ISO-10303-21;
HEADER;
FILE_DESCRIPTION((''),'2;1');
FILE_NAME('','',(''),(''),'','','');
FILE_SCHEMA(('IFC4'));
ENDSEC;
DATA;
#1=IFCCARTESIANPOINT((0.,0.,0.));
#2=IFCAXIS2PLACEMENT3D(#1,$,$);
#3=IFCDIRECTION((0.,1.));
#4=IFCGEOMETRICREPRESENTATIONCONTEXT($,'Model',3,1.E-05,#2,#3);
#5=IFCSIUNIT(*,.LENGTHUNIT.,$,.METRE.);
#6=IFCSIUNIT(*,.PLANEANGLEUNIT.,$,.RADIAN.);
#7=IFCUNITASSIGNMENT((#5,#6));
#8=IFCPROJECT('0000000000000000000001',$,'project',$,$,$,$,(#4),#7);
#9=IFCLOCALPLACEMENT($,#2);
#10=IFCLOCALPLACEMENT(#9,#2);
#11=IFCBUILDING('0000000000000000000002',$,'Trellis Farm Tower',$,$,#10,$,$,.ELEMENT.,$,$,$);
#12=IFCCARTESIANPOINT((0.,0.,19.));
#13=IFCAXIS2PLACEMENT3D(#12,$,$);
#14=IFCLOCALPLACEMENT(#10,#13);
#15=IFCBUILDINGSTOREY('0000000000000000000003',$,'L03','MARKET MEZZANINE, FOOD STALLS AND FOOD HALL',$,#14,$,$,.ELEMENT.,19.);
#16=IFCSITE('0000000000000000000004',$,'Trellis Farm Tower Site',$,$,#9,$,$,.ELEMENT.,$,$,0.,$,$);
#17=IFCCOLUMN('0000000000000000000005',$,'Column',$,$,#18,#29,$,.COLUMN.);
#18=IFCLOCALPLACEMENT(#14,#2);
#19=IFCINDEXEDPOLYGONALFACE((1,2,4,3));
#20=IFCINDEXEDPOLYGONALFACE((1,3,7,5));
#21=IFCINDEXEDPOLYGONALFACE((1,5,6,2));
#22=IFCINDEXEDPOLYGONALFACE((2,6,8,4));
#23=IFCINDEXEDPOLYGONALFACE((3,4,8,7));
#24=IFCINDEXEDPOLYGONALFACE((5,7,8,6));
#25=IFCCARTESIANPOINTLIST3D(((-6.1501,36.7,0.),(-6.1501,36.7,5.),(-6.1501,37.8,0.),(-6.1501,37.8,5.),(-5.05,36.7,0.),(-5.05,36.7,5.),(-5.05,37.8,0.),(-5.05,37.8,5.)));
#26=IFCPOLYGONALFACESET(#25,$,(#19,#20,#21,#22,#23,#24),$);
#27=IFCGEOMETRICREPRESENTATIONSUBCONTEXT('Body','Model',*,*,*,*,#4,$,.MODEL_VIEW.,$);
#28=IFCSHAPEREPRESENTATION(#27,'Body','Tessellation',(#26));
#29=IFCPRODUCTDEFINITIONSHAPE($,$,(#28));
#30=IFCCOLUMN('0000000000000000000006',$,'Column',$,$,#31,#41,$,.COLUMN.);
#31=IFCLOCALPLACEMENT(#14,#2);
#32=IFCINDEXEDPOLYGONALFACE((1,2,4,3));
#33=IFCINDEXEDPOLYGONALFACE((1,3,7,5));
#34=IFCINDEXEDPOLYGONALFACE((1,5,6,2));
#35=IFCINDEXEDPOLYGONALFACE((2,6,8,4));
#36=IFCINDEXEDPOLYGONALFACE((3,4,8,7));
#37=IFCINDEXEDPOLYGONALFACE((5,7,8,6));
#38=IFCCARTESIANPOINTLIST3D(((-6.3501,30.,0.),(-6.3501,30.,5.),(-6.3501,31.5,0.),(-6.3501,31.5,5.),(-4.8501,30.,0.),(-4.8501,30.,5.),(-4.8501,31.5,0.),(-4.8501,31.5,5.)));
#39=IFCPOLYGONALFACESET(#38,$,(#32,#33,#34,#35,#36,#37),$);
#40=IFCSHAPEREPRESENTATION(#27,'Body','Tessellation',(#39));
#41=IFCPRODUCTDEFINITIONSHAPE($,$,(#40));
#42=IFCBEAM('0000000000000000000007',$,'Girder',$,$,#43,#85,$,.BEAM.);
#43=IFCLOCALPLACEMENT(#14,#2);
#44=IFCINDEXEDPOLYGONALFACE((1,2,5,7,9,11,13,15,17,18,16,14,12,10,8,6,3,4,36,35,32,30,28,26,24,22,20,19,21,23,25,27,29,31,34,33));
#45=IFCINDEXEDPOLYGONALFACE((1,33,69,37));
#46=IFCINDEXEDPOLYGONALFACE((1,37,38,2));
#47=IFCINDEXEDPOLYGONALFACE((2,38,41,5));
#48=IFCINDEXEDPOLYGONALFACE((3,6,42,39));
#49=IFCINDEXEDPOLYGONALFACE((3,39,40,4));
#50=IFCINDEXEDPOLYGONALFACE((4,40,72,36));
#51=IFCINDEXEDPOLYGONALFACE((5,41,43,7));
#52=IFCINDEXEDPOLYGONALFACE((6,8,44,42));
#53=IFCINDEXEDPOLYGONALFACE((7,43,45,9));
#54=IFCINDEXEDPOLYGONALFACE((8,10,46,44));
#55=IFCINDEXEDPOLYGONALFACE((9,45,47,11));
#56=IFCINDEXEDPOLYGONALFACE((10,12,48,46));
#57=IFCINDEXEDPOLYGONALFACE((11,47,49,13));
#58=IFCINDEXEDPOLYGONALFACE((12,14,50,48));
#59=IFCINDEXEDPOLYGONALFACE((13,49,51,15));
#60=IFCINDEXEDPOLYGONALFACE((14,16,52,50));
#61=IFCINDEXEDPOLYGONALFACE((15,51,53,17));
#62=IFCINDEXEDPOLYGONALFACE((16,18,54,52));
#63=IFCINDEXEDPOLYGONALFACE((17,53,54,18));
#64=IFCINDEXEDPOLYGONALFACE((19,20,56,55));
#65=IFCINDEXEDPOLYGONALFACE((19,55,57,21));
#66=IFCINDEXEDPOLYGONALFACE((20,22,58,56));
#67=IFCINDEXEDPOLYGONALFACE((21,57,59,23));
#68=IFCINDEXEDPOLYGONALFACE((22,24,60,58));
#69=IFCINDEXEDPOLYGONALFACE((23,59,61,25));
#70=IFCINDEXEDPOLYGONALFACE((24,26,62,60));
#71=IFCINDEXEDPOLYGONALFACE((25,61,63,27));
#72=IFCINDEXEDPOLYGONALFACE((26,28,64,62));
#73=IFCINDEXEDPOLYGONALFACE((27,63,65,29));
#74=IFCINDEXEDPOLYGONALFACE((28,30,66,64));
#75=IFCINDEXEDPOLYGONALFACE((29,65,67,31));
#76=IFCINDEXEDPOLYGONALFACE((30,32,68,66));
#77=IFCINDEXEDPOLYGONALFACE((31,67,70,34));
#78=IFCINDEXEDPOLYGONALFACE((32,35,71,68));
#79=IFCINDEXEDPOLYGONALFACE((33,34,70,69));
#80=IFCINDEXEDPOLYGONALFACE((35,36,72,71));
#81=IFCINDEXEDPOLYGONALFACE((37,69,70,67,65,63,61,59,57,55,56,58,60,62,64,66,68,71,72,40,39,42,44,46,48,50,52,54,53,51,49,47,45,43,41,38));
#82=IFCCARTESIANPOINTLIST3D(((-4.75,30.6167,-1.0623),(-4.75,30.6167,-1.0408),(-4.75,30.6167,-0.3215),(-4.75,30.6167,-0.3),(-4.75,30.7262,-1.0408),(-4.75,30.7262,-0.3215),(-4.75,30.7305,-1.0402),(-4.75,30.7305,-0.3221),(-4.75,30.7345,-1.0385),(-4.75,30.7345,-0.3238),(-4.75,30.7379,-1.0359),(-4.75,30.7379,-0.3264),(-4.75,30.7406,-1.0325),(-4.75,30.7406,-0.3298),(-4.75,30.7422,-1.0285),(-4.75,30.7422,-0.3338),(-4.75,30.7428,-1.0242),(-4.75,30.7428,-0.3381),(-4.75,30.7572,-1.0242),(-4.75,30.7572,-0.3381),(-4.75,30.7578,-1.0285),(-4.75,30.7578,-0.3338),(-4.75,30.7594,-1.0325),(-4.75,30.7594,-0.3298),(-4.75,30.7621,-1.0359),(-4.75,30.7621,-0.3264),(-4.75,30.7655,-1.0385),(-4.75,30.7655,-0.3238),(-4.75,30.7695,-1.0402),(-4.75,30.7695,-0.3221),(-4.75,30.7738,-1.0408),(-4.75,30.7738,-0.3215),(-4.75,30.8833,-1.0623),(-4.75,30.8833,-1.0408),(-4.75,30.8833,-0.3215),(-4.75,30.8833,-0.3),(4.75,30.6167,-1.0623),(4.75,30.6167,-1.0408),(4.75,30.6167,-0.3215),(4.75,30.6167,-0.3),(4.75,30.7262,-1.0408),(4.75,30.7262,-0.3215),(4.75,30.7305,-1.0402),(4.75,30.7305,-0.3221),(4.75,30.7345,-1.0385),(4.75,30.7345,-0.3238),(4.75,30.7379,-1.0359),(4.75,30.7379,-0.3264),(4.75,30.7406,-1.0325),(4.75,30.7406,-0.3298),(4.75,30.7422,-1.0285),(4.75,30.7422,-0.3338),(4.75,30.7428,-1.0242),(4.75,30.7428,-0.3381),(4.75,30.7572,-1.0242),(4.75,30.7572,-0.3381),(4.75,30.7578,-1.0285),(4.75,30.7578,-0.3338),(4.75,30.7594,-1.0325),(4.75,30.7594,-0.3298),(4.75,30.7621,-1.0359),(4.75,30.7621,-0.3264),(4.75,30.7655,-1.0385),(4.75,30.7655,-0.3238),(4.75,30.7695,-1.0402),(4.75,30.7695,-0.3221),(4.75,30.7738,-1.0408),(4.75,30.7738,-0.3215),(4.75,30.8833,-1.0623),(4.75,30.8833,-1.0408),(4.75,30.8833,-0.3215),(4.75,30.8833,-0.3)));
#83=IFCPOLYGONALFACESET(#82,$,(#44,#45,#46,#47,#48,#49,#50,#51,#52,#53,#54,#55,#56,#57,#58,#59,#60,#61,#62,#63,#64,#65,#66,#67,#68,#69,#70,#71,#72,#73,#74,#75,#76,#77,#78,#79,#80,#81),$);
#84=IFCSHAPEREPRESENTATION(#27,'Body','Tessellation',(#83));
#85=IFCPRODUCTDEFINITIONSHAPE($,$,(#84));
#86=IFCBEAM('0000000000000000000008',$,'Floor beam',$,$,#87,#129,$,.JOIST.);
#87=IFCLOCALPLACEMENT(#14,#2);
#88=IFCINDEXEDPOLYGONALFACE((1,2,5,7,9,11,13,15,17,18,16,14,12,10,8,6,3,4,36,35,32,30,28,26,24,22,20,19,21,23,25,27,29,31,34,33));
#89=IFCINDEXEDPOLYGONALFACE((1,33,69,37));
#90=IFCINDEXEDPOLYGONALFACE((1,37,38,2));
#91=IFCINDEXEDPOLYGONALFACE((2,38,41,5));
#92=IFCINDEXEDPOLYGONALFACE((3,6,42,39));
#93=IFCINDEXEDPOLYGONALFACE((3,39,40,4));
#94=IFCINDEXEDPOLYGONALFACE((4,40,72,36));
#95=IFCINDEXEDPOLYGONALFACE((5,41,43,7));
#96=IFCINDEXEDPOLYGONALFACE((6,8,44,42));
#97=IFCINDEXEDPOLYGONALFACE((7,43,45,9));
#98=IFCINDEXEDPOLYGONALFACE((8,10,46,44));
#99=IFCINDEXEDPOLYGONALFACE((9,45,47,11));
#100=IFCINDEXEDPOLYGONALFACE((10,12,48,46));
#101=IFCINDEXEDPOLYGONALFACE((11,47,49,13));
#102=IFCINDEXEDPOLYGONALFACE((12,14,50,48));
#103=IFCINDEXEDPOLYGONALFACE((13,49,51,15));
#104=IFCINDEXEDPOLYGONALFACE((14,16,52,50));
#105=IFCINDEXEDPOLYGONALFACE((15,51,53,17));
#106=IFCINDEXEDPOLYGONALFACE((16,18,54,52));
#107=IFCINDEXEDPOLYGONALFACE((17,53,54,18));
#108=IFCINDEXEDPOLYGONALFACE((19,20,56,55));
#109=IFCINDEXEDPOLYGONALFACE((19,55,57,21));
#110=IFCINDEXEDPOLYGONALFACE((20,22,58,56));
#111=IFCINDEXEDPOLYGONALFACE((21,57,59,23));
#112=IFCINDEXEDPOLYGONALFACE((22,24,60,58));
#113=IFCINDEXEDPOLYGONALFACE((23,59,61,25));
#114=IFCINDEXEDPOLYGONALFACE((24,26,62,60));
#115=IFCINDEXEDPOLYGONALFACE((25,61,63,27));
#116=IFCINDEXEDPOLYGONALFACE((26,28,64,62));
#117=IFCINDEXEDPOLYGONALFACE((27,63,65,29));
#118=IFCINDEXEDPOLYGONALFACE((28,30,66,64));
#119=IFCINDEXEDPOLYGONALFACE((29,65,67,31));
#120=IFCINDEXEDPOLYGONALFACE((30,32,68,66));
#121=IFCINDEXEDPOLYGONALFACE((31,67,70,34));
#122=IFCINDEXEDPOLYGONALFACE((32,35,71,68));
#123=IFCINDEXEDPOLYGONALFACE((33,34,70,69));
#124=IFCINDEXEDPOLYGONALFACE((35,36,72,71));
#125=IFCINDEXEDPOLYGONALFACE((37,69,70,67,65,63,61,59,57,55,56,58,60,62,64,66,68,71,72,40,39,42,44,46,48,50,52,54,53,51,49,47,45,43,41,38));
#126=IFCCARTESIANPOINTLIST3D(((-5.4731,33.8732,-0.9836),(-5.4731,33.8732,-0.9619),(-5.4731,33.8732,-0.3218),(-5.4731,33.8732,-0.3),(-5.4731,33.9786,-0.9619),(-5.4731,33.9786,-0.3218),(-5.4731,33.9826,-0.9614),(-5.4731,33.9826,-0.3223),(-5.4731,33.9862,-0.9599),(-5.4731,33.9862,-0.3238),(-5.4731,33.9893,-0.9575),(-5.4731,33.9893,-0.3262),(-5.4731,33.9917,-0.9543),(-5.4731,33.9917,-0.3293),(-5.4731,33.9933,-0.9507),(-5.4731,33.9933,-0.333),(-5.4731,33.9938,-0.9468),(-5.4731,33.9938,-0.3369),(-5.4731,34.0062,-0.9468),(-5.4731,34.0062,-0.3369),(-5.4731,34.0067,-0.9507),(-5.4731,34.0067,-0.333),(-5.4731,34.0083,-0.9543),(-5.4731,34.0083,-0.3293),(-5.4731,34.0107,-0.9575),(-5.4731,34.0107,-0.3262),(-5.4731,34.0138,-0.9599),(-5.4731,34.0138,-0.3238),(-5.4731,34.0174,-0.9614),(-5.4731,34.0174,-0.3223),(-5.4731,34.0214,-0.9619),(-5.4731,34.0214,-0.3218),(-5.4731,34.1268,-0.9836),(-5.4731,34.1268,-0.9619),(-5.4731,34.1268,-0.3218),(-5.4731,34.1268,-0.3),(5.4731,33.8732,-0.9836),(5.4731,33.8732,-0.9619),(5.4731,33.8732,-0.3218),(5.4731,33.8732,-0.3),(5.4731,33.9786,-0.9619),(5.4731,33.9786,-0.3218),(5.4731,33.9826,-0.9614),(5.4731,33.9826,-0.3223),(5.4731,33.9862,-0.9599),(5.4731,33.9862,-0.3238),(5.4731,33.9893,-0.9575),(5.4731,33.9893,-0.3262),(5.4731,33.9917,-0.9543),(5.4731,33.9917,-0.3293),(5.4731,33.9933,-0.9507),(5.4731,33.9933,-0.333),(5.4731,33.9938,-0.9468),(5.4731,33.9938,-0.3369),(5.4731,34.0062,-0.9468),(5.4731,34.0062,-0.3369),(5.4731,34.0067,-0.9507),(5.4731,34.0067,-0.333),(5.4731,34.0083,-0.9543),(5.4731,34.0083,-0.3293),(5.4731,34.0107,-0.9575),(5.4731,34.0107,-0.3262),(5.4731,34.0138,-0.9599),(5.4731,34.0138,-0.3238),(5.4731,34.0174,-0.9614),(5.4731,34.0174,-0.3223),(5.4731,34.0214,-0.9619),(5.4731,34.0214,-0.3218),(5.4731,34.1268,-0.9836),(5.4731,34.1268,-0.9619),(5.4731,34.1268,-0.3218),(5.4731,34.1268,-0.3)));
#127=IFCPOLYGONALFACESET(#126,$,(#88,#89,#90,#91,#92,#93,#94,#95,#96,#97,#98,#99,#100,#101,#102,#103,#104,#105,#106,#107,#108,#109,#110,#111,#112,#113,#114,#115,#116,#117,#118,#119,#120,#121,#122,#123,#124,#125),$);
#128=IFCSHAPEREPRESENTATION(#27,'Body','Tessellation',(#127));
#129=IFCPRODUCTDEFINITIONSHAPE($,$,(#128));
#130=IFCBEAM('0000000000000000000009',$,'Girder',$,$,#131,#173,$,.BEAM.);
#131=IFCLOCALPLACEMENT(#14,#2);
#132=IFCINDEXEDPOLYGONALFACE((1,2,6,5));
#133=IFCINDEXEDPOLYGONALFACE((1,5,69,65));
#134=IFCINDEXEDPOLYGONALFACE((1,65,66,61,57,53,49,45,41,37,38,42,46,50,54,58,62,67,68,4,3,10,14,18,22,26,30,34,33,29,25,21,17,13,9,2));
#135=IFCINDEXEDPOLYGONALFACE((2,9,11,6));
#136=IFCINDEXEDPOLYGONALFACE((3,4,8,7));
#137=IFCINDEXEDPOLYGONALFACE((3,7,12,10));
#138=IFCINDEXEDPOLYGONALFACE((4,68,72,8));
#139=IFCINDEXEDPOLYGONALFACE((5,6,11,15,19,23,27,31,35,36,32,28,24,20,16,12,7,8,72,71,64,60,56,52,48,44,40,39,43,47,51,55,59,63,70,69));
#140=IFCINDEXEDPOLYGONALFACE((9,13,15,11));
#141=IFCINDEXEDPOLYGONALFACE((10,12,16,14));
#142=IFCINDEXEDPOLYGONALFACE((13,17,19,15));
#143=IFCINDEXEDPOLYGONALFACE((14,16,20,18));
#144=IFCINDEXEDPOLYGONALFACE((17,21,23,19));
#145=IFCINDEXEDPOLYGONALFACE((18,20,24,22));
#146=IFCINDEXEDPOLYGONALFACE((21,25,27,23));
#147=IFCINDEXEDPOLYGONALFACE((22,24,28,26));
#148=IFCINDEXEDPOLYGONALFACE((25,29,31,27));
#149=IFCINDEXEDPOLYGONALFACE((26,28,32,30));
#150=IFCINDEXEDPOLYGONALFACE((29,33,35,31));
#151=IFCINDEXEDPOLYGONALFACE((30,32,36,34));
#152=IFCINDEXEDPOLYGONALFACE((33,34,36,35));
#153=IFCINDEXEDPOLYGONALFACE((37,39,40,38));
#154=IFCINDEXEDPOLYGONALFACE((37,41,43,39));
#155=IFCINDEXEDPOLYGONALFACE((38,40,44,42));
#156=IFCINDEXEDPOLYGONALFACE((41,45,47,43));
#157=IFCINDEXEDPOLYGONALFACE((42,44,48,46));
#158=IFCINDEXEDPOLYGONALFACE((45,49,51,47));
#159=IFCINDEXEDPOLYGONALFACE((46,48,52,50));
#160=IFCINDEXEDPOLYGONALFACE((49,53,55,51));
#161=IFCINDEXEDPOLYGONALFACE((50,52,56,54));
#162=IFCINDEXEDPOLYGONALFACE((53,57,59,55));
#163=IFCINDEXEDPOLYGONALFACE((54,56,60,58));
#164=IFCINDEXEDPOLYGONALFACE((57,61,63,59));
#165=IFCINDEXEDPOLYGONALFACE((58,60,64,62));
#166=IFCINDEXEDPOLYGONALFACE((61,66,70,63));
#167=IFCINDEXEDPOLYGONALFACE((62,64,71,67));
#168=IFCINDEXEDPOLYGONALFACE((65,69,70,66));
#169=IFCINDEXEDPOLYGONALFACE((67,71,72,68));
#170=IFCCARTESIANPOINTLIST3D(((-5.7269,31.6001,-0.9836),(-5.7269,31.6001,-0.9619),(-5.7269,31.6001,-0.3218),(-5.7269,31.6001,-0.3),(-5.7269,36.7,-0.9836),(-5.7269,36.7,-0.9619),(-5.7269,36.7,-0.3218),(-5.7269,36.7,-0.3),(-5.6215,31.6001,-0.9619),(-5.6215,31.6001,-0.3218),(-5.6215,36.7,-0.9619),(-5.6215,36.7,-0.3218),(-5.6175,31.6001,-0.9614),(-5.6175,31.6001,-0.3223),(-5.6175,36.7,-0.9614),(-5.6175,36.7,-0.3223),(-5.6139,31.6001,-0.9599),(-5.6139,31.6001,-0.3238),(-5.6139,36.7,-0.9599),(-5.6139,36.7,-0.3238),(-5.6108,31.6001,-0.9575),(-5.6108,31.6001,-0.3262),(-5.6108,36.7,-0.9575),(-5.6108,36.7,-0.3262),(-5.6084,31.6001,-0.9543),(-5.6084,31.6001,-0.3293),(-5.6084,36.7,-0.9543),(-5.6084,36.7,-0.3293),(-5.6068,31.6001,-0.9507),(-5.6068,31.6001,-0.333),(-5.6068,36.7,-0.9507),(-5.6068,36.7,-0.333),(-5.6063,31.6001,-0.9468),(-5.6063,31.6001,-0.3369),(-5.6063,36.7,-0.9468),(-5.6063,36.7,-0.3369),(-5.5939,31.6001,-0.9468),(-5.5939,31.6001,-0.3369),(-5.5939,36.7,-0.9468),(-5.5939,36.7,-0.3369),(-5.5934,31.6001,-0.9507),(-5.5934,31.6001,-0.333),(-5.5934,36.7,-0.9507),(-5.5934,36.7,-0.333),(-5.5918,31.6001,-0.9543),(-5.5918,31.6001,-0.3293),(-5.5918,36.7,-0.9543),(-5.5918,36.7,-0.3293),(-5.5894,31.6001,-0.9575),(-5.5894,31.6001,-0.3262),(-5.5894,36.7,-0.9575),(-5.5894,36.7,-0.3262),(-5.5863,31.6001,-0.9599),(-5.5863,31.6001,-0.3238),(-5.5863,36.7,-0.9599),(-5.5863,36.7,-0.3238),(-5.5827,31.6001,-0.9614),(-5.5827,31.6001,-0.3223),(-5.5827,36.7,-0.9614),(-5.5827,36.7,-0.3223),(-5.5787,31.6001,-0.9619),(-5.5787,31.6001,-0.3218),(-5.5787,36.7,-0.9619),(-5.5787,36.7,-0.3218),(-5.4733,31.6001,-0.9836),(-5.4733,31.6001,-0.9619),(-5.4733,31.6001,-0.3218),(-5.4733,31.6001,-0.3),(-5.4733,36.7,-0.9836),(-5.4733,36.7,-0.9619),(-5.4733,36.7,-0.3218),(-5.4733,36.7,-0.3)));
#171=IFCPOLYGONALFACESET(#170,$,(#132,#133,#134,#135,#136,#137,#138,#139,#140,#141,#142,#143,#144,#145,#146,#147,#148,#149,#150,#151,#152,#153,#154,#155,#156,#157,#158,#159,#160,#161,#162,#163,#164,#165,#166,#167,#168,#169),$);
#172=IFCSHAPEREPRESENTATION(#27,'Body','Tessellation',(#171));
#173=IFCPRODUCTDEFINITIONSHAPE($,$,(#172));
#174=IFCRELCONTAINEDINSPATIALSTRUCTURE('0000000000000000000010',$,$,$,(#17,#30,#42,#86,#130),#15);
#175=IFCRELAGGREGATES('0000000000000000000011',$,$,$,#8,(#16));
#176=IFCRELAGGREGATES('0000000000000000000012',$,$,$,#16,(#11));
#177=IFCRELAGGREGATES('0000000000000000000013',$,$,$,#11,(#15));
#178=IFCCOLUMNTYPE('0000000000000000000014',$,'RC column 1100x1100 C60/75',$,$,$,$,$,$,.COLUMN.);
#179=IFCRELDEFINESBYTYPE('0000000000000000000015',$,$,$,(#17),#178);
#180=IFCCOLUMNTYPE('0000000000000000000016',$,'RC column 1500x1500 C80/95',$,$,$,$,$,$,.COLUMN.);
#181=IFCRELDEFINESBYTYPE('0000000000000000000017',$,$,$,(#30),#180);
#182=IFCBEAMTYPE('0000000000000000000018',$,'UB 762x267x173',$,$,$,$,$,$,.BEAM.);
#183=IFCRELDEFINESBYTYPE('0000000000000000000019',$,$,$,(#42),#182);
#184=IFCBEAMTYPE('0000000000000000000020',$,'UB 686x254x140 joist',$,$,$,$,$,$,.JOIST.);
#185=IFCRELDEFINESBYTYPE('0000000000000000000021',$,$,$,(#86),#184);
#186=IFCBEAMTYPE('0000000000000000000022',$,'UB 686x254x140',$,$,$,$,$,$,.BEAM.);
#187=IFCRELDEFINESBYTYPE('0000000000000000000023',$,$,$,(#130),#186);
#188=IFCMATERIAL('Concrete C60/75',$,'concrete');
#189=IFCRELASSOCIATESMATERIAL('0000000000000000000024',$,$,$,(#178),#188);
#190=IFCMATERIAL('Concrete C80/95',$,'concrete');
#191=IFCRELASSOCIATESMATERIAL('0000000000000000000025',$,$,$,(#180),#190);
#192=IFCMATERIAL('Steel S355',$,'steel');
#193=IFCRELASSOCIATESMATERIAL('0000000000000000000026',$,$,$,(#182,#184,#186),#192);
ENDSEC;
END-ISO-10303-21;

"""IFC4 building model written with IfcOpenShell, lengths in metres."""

from ifc_helpers import new_model, si_unit, direction, frame, origin, origin_2d, place, context, subcontext, project, spatial, rectangle, i_section, extrude, source, transform, mapped, material, material_profile, profile_set, type_object, element, save


model = new_model("IFC4")

# Units and contexts
model_context = context("Model", 3, precision=1e-05, world=origin(), true_north=direction((0.0, 1.0)))
body_context = subcontext(model_context, "Body", "Model", "MODEL_VIEW")
ifc_project = project(units=[si_unit("LENGTHUNIT", "METRE"), si_unit("PLANEANGLEUNIT", "RADIAN")], contexts=[model_context])

# Site, building, storey
site_placement = place(None, origin())
site = spatial("IfcSite", under=ifc_project, at=site_placement, Name="Trellis Farm Tower Site", CompositionType="ELEMENT", RefElevation=0.0)
building_placement = place(site_placement, origin())
building = spatial("IfcBuilding", under=site, at=building_placement, Name="Trellis Farm Tower", CompositionType="ELEMENT")
storey_placement = place(building_placement, frame((0.0, 0.0, 19.0)))
storey = spatial("IfcBuildingStorey", under=building, at=storey_placement, Name="L03", Description="MARKET MEZZANINE, FOOD STALLS AND FOOD HALL", CompositionType="ELEMENT", Elevation=19.0)

# Columns
ifc_material_1 = material(Name="Concrete C60/75", Category="concrete")
ifc_material_profile_1 = material_profile(ifc_material_1, rectangle(XDim=1.1001, YDim=1.1001, at=origin_2d()), Name="RC column 1100x1100 C60/75")
ifc_profile_set_1 = profile_set([ifc_material_profile_1], Name="Concrete C60/75")
column_type_1 = type_object("IfcColumnType", Name="RC column 1100x1100 C60/75", PredefinedType="COLUMN", material=ifc_profile_set_1)
shared_shape_1 = source(origin(), body_context, "Body", "SweptSolid", [
    extrude(rectangle(XDim=1.1001, YDim=1.1001, at=origin_2d()), origin(), (0.0, 0.0, 1.0), 5.0),
])
column_1_placement = place(storey_placement, frame((-5.6001, 37.25, 0.0), z_axis=(0.0, 0.0, 1.0), x_axis=(1.0, 0.0, 0.0)))
element("IfcColumn", 1, at=column_1_placement, inside=storey, type_object=column_type_1, Name="Column", PredefinedType="COLUMN", context=body_context, shape_type="MappedRepresentation", body=[
    mapped(shared_shape_1, transform((0.0, 0.0, 0.0))),
])
ifc_material_2 = material(Name="Concrete C80/95", Category="concrete")
ifc_material_profile_2 = material_profile(ifc_material_2, rectangle(XDim=1.5, YDim=1.5, at=origin_2d()), Name="RC column 1500x1500 C80/95")
ifc_profile_set_2 = profile_set([ifc_material_profile_2], Name="Concrete C80/95")
column_type_2 = type_object("IfcColumnType", Name="RC column 1500x1500 C80/95", PredefinedType="COLUMN", material=ifc_profile_set_2)
shared_shape_2 = source(origin(), body_context, "Body", "SweptSolid", [
    extrude(rectangle(XDim=1.5, YDim=1.5, at=origin_2d()), origin(), (0.0, 0.0, 1.0), 5.0),
])
column_2_placement = place(storey_placement, frame((-5.6001, 30.75, 0.0), z_axis=(0.0, 0.0, 1.0), x_axis=(1.0, 0.0, 0.0)))
element("IfcColumn", 2, at=column_2_placement, inside=storey, type_object=column_type_2, Name="Column", PredefinedType="COLUMN", context=body_context, shape_type="MappedRepresentation", body=[
    mapped(shared_shape_2, transform((0.0, 0.0, 0.0))),
])

# Beams
ifc_material_3 = material(Name="Steel S355", Category="steel")
ifc_material_profile_3 = material_profile(ifc_material_3, i_section(OverallWidth=0.2666, OverallDepth=0.7622, WebThickness=0.0144, FlangeThickness=0.0215, FilletRadius=0.0166, at=origin_2d()), Name="UB 762x267x173")
ifc_profile_set_3 = profile_set([ifc_material_profile_3], Name="Steel S355")
beam_type_1 = type_object("IfcBeamType", Name="UB 762x267x173", PredefinedType="BEAM", material=ifc_profile_set_3)
shared_shape_3 = source(origin(), body_context, "Body", "SweptSolid", [
    extrude(i_section(OverallWidth=0.2666, OverallDepth=0.7622, WebThickness=0.0144, FlangeThickness=0.0215, FilletRadius=0.0166, at=origin_2d()), origin(), (0.0, 0.0, 1.0), 9.5),
])
beam_1_placement = place(storey_placement, frame((-4.75, 30.75, -0.6812), z_axis=(1.0, 0.0, 0.0), x_axis=(0.0, 1.0, 0.0)))
element("IfcBeam", 3, at=beam_1_placement, inside=storey, type_object=beam_type_1, Name="Girder", PredefinedType="BEAM", context=body_context, shape_type="MappedRepresentation", body=[
    mapped(shared_shape_3, transform((0.0, 0.0, 0.0))),
])
ifc_material_profile_4 = material_profile(ifc_material_3, i_section(OverallWidth=0.2537, OverallDepth=0.6836, WebThickness=0.0125, FlangeThickness=0.0217, FilletRadius=0.0151, at=origin_2d()), Name="UB 686x254x140")
ifc_profile_set_4 = profile_set([ifc_material_profile_4], Name="Steel S355")
beam_type_2 = type_object("IfcBeamType", Name="UB 686x254x140 joist", PredefinedType="JOIST", material=ifc_profile_set_4)
shared_shape_4 = source(origin(), body_context, "Body", "SweptSolid", [
    extrude(i_section(OverallWidth=0.2537, OverallDepth=0.6836, WebThickness=0.0125, FlangeThickness=0.0217, FilletRadius=0.0151, at=origin_2d()), origin(), (0.0, 0.0, 1.0), 10.9463),
])
beam_2_placement = place(storey_placement, frame((-5.4731, 34.0, -0.6418), z_axis=(1.0, 0.0, 0.0), x_axis=(0.0, 1.0, 0.0)))
element("IfcBeam", 4, at=beam_2_placement, inside=storey, type_object=beam_type_2, Name="Floor beam", PredefinedType="JOIST", context=body_context, shape_type="MappedRepresentation", body=[
    mapped(shared_shape_4, transform((0.0, 0.0, 0.0))),
])
ifc_material_profile_5 = material_profile(ifc_material_3, i_section(OverallWidth=0.2537, OverallDepth=0.6836, WebThickness=0.0125, FlangeThickness=0.0217, FilletRadius=0.0151, at=origin_2d()), Name="UB 686x254x140")
ifc_profile_set_5 = profile_set([ifc_material_profile_5], Name="Steel S355")
beam_type_3 = type_object("IfcBeamType", Name="UB 686x254x140", PredefinedType="BEAM", material=ifc_profile_set_5)
shared_shape_5 = source(origin(), body_context, "Body", "SweptSolid", [
    extrude(i_section(OverallWidth=0.2537, OverallDepth=0.6836, WebThickness=0.0125, FlangeThickness=0.0217, FilletRadius=0.0151, at=origin_2d()), origin(), (0.0, 0.0, 1.0), 5.0999),
])
beam_3_placement = place(storey_placement, frame((-5.6001, 31.6001, -0.6418), z_axis=(0.0, 1.0, 0.0), x_axis=(-1.0, 0.0, 0.0)))
element("IfcBeam", 5, at=beam_3_placement, inside=storey, type_object=beam_type_3, Name="Girder", PredefinedType="BEAM", context=body_context, shape_type="MappedRepresentation", body=[
    mapped(shared_shape_5, transform((0.0, 0.0, 0.0))),
])

save(model, "model.ifc")
